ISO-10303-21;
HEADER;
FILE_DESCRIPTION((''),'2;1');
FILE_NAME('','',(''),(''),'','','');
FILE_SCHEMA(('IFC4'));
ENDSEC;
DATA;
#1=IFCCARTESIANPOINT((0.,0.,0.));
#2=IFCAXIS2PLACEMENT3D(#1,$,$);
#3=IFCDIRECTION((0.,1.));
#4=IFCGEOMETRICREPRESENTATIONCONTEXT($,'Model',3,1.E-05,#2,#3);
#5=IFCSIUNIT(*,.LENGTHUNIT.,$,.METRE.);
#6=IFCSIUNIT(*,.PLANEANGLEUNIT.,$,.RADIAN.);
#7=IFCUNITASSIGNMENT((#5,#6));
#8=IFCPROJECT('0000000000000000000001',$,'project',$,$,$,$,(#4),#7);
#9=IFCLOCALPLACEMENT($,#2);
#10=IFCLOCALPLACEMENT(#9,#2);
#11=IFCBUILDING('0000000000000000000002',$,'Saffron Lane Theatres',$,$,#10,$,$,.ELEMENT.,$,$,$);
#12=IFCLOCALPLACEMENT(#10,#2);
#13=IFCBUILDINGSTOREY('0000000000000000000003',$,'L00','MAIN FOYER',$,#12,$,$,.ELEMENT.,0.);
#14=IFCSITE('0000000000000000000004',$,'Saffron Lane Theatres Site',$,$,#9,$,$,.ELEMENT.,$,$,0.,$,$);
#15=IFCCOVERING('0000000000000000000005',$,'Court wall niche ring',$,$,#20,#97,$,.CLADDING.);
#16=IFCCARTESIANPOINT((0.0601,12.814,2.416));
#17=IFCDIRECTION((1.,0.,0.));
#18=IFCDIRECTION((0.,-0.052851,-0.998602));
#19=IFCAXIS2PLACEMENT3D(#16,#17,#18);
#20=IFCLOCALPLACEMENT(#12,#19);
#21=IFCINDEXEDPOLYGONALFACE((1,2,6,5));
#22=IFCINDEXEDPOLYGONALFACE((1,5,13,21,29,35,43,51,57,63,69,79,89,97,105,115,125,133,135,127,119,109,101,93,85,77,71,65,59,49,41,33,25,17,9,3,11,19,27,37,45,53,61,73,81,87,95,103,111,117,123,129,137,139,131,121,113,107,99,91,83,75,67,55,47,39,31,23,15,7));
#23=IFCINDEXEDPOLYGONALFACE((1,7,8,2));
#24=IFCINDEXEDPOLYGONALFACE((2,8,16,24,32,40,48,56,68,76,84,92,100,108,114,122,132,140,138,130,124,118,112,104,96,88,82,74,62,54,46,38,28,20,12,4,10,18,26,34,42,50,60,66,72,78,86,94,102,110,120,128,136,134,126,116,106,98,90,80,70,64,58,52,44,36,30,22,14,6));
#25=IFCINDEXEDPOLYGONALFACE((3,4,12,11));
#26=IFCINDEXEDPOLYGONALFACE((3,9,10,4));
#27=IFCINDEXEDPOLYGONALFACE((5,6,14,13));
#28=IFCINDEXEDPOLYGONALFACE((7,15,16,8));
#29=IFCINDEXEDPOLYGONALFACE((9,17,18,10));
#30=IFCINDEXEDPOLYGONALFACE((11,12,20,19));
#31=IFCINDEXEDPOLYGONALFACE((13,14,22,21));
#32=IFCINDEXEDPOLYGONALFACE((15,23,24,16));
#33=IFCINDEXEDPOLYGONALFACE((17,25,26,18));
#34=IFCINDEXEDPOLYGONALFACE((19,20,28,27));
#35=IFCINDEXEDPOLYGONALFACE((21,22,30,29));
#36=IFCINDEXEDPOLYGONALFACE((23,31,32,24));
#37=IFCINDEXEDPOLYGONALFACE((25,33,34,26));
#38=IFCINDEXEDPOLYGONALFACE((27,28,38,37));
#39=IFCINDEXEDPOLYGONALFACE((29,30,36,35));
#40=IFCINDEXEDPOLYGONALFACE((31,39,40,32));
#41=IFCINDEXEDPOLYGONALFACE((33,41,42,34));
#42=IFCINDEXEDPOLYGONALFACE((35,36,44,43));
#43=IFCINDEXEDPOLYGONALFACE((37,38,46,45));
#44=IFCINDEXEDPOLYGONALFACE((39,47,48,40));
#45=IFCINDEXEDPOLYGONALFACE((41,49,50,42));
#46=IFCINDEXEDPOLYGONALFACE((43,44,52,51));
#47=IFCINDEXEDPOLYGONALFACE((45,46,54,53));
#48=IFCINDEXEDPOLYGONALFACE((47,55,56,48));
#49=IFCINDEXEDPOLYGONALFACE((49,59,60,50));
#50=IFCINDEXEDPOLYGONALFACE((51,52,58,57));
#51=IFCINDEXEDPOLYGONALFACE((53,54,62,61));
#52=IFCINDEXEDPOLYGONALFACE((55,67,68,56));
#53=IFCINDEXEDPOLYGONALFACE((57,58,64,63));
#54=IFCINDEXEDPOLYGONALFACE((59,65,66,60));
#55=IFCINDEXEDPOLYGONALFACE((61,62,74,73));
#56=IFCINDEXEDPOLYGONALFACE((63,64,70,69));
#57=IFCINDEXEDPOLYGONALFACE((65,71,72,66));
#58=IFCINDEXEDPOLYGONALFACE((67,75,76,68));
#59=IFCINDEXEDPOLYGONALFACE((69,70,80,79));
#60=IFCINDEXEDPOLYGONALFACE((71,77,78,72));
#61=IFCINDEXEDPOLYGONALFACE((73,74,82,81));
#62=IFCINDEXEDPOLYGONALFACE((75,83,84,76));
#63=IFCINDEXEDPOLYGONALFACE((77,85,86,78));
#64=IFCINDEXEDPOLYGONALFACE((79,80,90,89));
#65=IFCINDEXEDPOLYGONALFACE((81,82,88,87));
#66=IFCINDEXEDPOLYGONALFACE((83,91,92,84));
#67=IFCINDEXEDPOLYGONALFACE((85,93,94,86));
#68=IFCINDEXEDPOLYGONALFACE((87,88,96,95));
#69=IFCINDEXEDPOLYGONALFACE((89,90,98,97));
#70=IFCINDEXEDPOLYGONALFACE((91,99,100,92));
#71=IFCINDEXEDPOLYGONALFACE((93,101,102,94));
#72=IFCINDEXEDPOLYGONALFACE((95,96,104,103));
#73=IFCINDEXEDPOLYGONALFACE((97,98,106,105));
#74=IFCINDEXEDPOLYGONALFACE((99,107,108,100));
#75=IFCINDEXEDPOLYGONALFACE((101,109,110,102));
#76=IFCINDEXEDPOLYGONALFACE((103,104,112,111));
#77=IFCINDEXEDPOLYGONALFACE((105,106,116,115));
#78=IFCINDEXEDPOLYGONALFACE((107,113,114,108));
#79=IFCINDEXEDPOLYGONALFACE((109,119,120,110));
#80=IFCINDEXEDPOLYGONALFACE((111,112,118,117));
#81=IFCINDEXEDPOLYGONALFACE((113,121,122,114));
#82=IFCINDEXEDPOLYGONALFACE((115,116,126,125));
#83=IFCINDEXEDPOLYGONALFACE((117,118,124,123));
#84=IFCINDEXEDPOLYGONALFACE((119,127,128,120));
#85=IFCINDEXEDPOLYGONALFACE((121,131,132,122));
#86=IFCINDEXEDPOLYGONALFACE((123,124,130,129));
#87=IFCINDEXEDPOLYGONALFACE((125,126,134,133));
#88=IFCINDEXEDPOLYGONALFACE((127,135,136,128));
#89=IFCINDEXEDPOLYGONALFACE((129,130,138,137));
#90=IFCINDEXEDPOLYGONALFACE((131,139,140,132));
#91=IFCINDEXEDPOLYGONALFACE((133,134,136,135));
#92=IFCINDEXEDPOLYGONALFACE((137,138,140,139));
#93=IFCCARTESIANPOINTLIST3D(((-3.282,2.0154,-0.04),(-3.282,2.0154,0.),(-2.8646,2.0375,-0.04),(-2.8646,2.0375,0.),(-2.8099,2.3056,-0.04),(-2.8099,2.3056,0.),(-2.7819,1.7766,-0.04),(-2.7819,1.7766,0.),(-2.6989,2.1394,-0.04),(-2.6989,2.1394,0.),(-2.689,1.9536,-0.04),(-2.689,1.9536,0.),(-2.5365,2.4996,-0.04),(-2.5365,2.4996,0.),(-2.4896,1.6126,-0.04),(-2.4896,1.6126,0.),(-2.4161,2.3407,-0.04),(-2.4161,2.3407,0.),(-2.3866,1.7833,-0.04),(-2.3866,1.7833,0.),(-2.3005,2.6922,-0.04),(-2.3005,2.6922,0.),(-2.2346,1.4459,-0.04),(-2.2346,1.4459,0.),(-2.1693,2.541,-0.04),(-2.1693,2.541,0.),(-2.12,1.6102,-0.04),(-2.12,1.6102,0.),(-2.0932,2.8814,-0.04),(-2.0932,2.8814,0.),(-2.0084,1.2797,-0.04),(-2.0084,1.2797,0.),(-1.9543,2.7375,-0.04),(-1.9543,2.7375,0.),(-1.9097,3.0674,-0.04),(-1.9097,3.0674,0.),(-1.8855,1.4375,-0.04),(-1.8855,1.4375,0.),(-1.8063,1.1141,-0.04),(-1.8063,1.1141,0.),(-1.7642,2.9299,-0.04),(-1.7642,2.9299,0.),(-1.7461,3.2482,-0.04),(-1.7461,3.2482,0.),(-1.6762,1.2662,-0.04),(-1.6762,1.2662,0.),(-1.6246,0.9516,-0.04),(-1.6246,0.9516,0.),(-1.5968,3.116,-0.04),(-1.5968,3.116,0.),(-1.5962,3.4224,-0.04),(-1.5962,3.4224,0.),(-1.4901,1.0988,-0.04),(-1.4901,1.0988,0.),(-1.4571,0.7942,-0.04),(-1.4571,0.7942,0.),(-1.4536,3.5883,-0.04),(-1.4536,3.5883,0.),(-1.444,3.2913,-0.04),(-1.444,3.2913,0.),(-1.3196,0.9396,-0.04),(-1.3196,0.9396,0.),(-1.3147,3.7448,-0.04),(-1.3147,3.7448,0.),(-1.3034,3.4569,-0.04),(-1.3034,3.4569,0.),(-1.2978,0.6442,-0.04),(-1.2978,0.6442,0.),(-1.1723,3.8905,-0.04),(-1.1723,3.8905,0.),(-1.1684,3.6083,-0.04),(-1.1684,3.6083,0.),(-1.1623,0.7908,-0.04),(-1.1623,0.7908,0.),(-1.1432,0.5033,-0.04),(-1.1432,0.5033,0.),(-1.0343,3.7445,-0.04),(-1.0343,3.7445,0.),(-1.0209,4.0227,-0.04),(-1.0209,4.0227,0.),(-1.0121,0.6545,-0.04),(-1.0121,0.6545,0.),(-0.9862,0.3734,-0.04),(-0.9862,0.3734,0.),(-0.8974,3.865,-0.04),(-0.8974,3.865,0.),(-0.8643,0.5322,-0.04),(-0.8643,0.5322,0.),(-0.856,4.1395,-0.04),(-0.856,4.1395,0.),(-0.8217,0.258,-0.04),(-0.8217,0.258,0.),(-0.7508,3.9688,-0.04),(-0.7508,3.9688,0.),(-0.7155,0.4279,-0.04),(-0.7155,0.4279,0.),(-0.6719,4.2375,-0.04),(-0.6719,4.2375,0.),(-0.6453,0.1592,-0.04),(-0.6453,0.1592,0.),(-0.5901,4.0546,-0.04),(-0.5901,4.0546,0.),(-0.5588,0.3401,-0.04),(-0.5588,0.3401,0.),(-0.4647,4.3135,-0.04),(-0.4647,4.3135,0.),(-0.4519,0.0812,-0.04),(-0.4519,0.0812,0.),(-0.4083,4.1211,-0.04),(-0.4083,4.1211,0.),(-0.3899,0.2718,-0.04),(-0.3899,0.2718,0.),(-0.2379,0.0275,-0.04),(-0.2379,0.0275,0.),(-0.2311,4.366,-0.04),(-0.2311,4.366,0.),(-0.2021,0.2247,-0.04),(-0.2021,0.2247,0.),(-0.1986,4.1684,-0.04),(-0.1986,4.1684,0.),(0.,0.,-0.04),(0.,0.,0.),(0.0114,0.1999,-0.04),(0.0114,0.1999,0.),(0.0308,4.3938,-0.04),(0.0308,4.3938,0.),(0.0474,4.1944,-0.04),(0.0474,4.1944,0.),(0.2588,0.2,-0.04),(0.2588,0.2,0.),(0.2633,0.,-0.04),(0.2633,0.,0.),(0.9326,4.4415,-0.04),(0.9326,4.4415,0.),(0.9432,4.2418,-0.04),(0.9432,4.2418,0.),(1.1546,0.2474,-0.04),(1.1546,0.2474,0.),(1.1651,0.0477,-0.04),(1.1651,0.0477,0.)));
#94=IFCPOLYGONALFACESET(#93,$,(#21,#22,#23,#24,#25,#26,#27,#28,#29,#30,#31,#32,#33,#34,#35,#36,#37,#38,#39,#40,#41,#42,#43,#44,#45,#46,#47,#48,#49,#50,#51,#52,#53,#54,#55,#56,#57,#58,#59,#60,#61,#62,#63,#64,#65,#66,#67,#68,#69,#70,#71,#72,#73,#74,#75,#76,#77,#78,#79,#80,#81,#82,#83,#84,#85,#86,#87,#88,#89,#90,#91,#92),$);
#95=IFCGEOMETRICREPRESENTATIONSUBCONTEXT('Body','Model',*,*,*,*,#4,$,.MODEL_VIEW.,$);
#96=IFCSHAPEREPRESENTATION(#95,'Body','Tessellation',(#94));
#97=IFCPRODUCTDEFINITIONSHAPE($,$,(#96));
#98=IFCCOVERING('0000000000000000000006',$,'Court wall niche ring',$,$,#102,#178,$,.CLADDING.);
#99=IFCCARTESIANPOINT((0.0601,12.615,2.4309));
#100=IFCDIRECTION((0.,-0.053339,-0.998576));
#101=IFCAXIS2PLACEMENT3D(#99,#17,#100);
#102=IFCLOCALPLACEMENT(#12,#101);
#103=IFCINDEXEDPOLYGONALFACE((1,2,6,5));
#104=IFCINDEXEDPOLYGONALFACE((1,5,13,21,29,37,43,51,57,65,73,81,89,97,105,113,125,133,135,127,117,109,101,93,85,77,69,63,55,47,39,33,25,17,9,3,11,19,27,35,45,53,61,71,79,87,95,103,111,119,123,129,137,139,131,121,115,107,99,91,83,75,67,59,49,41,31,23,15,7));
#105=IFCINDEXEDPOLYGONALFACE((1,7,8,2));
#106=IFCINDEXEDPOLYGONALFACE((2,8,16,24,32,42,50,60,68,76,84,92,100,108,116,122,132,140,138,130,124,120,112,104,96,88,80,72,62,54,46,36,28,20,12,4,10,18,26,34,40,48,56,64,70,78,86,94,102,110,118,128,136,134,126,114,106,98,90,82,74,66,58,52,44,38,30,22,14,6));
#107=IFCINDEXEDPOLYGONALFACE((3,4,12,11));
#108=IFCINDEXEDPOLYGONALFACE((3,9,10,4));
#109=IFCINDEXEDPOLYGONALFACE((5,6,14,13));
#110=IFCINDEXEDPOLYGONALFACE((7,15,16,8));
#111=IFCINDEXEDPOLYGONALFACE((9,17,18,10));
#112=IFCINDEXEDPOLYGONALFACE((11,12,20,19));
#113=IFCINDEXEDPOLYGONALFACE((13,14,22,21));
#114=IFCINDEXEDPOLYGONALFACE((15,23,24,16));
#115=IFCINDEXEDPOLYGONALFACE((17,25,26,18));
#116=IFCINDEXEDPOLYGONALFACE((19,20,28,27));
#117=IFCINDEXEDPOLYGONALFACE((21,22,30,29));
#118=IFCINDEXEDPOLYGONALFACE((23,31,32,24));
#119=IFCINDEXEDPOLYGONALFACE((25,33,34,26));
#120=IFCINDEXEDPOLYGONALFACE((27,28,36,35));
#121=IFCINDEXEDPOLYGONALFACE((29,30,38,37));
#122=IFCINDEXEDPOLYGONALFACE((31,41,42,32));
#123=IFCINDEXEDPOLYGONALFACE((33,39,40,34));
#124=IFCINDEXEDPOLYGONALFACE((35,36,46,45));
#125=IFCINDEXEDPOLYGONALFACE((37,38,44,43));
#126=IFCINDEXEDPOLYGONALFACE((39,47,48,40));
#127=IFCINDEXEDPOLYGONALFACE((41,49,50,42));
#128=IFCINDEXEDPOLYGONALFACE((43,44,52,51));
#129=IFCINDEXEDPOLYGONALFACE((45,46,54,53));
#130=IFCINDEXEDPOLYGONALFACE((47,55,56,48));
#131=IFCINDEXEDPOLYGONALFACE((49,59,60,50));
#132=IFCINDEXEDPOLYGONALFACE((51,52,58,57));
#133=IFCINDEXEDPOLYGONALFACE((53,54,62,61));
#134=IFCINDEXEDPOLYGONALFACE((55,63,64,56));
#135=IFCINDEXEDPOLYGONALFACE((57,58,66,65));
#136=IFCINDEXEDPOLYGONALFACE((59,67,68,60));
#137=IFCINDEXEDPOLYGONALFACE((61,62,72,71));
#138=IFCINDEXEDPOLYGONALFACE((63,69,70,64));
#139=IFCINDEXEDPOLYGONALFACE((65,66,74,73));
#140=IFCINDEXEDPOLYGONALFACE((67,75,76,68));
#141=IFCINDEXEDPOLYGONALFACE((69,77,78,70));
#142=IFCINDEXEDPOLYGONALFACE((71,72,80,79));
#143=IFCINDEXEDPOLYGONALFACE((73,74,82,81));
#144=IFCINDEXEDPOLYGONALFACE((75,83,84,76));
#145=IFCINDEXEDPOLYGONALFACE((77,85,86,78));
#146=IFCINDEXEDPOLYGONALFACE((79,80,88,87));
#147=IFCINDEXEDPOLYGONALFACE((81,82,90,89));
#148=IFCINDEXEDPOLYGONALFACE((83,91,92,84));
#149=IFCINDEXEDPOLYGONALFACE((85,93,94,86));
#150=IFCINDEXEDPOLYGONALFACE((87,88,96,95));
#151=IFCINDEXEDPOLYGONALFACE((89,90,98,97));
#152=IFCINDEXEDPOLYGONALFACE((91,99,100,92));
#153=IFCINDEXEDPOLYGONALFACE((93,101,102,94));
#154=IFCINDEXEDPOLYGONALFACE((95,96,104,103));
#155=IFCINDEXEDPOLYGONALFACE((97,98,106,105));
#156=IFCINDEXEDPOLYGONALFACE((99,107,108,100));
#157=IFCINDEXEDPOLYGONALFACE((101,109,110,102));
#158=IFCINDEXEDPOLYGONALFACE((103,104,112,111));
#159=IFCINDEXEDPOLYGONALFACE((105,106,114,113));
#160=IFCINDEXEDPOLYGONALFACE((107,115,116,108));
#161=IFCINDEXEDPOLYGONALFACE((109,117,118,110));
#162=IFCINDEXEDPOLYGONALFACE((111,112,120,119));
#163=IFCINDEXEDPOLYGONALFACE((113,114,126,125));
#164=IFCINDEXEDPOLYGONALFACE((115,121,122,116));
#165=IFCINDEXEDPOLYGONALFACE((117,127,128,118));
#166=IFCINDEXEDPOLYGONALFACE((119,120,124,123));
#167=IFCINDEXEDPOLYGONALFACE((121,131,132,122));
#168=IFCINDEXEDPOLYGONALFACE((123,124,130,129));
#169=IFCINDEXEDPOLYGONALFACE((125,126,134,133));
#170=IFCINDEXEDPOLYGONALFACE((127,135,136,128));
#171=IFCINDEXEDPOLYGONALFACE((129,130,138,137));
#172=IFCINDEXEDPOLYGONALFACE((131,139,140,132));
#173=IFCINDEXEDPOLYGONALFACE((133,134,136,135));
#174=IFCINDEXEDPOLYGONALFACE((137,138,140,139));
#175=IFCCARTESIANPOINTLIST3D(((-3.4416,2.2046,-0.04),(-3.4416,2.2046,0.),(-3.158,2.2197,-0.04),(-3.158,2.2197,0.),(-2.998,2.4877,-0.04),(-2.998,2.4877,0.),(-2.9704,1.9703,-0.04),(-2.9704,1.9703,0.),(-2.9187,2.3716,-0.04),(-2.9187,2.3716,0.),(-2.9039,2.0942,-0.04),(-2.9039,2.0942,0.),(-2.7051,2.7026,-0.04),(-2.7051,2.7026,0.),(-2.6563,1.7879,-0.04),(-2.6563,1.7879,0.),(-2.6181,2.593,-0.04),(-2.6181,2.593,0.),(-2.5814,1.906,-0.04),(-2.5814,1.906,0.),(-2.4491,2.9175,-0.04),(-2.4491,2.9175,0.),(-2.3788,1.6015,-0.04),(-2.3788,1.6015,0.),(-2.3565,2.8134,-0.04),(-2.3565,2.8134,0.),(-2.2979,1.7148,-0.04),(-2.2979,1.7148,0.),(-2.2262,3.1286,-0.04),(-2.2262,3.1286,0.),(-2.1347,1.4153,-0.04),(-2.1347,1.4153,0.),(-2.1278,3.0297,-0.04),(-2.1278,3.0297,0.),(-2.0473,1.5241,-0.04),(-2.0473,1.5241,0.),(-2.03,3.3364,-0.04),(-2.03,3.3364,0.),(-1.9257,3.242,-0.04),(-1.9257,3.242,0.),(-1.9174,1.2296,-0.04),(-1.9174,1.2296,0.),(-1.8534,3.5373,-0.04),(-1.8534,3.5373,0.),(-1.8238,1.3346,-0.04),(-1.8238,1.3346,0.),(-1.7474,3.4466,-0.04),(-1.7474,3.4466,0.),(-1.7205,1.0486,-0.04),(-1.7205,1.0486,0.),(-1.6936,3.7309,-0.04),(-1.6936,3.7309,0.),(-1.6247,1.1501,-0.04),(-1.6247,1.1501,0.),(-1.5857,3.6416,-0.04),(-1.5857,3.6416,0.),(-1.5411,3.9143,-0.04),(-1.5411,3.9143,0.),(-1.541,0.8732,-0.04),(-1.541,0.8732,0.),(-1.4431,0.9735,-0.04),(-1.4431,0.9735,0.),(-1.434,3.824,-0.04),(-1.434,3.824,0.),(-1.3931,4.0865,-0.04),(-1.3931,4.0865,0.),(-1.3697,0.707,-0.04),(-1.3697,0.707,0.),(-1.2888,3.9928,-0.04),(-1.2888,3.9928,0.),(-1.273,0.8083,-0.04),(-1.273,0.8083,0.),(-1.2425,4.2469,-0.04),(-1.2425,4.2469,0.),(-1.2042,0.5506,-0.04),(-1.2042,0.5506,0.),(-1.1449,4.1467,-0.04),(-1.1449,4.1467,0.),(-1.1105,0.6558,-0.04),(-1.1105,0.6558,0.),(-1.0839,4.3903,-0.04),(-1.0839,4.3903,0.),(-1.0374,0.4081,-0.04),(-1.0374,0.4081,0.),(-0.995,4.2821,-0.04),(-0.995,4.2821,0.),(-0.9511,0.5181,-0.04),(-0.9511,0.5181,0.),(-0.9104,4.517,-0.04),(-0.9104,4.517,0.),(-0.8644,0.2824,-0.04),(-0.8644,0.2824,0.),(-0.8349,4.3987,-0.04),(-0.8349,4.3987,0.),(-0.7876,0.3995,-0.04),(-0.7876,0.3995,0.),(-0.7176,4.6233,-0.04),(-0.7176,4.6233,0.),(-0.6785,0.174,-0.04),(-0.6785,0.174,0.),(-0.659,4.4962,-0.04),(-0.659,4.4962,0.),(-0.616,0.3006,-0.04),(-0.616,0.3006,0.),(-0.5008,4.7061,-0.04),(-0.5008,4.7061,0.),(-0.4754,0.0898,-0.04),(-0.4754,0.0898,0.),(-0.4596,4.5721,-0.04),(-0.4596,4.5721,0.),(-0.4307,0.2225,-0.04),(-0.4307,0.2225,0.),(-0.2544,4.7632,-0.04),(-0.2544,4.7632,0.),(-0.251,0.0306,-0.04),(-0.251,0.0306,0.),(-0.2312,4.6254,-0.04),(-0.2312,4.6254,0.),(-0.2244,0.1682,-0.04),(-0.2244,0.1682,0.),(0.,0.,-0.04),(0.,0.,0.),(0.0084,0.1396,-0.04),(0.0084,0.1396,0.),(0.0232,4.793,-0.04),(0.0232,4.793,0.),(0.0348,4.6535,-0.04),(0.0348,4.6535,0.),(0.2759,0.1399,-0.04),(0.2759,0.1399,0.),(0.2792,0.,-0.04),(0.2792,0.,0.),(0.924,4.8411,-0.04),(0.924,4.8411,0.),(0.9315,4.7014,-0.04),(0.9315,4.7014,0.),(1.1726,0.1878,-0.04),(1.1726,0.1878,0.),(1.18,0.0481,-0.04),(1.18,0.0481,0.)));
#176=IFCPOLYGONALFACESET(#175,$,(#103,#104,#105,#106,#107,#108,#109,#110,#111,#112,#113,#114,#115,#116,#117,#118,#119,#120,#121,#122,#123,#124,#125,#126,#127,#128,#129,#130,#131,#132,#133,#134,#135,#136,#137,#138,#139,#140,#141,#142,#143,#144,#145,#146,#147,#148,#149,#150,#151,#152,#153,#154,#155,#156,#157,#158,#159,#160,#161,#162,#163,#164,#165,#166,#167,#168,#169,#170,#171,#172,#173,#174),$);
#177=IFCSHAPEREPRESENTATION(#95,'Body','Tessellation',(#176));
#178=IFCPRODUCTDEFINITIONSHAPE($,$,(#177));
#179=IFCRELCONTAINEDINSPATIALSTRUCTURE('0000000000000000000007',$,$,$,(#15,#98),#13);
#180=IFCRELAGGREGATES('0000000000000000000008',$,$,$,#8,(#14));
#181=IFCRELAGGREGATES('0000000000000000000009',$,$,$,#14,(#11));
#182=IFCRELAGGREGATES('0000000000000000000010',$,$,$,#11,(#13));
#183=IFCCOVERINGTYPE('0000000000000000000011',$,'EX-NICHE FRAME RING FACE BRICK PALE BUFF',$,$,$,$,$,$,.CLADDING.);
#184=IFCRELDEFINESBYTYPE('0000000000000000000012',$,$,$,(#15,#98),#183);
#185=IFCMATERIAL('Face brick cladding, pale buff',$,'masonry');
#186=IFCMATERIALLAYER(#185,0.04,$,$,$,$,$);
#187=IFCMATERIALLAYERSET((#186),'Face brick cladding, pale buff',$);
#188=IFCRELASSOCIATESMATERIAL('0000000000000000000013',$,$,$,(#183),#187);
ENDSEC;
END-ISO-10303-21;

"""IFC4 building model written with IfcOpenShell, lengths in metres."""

from ifc_helpers import new_model, si_unit, direction, frame, origin, place, context, subcontext, project, spatial, polyline, outline, extrude, material, layer, layer_set, type_object, element, save


model = new_model("IFC4")

# Units and contexts
model_context = context("Model", 3, precision=1e-05, world=origin(), true_north=direction((0.0, 1.0)))
body_context = subcontext(model_context, "Body", "Model", "MODEL_VIEW")
ifc_project = project(units=[si_unit("LENGTHUNIT", "METRE"), si_unit("PLANEANGLEUNIT", "RADIAN")], contexts=[model_context])

# Site, building, storey
site_placement = place(None, origin())
site = spatial("IfcSite", under=ifc_project, at=site_placement, Name="Saffron Lane Theatres Site", CompositionType="ELEMENT", RefElevation=0.0)
building_placement = place(site_placement, origin())
building = spatial("IfcBuilding", under=site, at=building_placement, Name="Saffron Lane Theatres", CompositionType="ELEMENT")
storey_placement = place(building_placement, origin())
storey = spatial("IfcBuildingStorey", under=building, at=storey_placement, Name="L00", Description="MAIN FOYER", CompositionType="ELEMENT", Elevation=0.0)

# Coverings
ifc_material_1 = material(Name="Face brick cladding, pale buff", Category="masonry")
ifc_layer_1 = layer(ifc_material_1, 0.04)
ifc_layer_set_1 = layer_set([ifc_layer_1], Name="Face brick cladding, pale buff")
covering_type_1 = type_object("IfcCoveringType", Name="EX-NICHE FRAME RING FACE BRICK PALE BUFF", PredefinedType="CLADDING", material=ifc_layer_set_1)
covering_1_placement = place(storey_placement, frame((0.0601, 12.814, 2.416), z_axis=(1.0, 0.0, 0.0), x_axis=(0.0, -0.052851, -0.998602)))
element("IfcCovering", 1, at=covering_1_placement, inside=storey, type_object=covering_type_1, Name="Court wall niche ring", PredefinedType="CLADDING", context=body_context, shape_type="SweptSolid", body=[
    extrude(outline(polyline([(0.0, 0.0), (0.2633, 0.0), (1.1651, 0.0477), (1.1546, 0.2474), (0.2588, 0.2), (0.0114, 0.1999), (-0.2021, 0.2247), (-0.3899, 0.2718), (-0.5588, 0.3401), (-0.7155, 0.4279), (-0.8643, 0.5322), (-1.0121, 0.6545), (-1.1623, 0.7908), (-1.3196, 0.9396), (-1.4901, 1.0988), (-1.6762, 1.2662), (-1.8855, 1.4375), (-2.12, 1.6102), (-2.3866, 1.7833), (-2.689, 1.9536), (-2.8646, 2.0375), (-2.6989, 2.1394), (-2.4161, 2.3407), (-2.1693, 2.541), (-1.9543, 2.7375), (-1.7642, 2.9299), (-1.5968, 3.116), (-1.444, 3.2913), (-1.3034, 3.4569), (-1.1684, 3.6083), (-1.0343, 3.7445), (-0.8974, 3.865), (-0.7508, 3.9688), (-0.5901, 4.0546), (-0.4083, 4.1211), (-0.1986, 4.1684), (0.0474, 4.1944), (0.9432, 4.2418), (0.9326, 4.4415), (0.0308, 4.3938), (-0.2311, 4.366), (-0.4647, 4.3135), (-0.6719, 4.2375), (-0.856, 4.1395), (-1.0209, 4.0227), (-1.1723, 3.8905), (-1.3147, 3.7448), (-1.4536, 3.5883), (-1.5962, 3.4224), (-1.7461, 3.2482), (-1.9097, 3.0674), (-2.0932, 2.8814), (-2.3005, 2.6922), (-2.5365, 2.4996), (-2.8099, 2.3056), (-3.282, 2.0154), (-2.7819, 1.7766), (-2.4896, 1.6126), (-2.2346, 1.4459), (-2.0084, 1.2797), (-1.8063, 1.1141), (-1.6246, 0.9516), (-1.4571, 0.7942), (-1.2978, 0.6442), (-1.1432, 0.5033), (-0.9862, 0.3734), (-0.8217, 0.258), (-0.6453, 0.1592), (-0.4519, 0.0812), (-0.2379, 0.0275), (0.0, 0.0)])), origin(), (0.0, 0.0, -1.0), 0.04),
])
covering_2_placement = place(storey_placement, frame((0.0601, 12.615, 2.4309), z_axis=(1.0, 0.0, 0.0), x_axis=(0.0, -0.053339, -0.998576)))
element("IfcCovering", 2, at=covering_2_placement, inside=storey, type_object=covering_type_1, Name="Court wall niche ring", PredefinedType="CLADDING", context=body_context, shape_type="SweptSolid", body=[
    extrude(outline(polyline([(0.0, 0.0), (0.2792, 0.0), (1.18, 0.0481), (1.1726, 0.1878), (0.2759, 0.1399), (0.0084, 0.1396), (-0.2244, 0.1682), (-0.4307, 0.2225), (-0.616, 0.3006), (-0.7876, 0.3995), (-0.9511, 0.5181), (-1.1105, 0.6558), (-1.273, 0.8083), (-1.4431, 0.9735), (-1.6247, 1.1501), (-1.8238, 1.3346), (-2.0473, 1.5241), (-2.2979, 1.7148), (-2.5814, 1.906), (-2.9039, 2.0942), (-3.158, 2.2197), (-2.9187, 2.3716), (-2.6181, 2.593), (-2.3565, 2.8134), (-2.1278, 3.0297), (-1.9257, 3.242), (-1.7474, 3.4466), (-1.5857, 3.6416), (-1.434, 3.824), (-1.2888, 3.9928), (-1.1449, 4.1467), (-0.995, 4.2821), (-0.8349, 4.3987), (-0.659, 4.4962), (-0.4596, 4.5721), (-0.2312, 4.6254), (0.0348, 4.6535), (0.9315, 4.7014), (0.924, 4.8411), (0.0232, 4.793), (-0.2544, 4.7632), (-0.5008, 4.7061), (-0.7176, 4.6233), (-0.9104, 4.517), (-1.0839, 4.3903), (-1.2425, 4.2469), (-1.3931, 4.0865), (-1.5411, 3.9143), (-1.6936, 3.7309), (-1.8534, 3.5373), (-2.03, 3.3364), (-2.2262, 3.1286), (-2.4491, 2.9175), (-2.7051, 2.7026), (-2.998, 2.4877), (-3.4416, 2.2046), (-2.9704, 1.9703), (-2.6563, 1.7879), (-2.3788, 1.6015), (-2.1347, 1.4153), (-1.9174, 1.2296), (-1.7205, 1.0486), (-1.541, 0.8732), (-1.3697, 0.707), (-1.2042, 0.5506), (-1.0374, 0.4081), (-0.8644, 0.2824), (-0.6785, 0.174), (-0.4754, 0.0898), (-0.251, 0.0306), (0.0, 0.0)])), origin(), (0.0, 0.0, -1.0), 0.04),
])

save(model, "model.ifc")
